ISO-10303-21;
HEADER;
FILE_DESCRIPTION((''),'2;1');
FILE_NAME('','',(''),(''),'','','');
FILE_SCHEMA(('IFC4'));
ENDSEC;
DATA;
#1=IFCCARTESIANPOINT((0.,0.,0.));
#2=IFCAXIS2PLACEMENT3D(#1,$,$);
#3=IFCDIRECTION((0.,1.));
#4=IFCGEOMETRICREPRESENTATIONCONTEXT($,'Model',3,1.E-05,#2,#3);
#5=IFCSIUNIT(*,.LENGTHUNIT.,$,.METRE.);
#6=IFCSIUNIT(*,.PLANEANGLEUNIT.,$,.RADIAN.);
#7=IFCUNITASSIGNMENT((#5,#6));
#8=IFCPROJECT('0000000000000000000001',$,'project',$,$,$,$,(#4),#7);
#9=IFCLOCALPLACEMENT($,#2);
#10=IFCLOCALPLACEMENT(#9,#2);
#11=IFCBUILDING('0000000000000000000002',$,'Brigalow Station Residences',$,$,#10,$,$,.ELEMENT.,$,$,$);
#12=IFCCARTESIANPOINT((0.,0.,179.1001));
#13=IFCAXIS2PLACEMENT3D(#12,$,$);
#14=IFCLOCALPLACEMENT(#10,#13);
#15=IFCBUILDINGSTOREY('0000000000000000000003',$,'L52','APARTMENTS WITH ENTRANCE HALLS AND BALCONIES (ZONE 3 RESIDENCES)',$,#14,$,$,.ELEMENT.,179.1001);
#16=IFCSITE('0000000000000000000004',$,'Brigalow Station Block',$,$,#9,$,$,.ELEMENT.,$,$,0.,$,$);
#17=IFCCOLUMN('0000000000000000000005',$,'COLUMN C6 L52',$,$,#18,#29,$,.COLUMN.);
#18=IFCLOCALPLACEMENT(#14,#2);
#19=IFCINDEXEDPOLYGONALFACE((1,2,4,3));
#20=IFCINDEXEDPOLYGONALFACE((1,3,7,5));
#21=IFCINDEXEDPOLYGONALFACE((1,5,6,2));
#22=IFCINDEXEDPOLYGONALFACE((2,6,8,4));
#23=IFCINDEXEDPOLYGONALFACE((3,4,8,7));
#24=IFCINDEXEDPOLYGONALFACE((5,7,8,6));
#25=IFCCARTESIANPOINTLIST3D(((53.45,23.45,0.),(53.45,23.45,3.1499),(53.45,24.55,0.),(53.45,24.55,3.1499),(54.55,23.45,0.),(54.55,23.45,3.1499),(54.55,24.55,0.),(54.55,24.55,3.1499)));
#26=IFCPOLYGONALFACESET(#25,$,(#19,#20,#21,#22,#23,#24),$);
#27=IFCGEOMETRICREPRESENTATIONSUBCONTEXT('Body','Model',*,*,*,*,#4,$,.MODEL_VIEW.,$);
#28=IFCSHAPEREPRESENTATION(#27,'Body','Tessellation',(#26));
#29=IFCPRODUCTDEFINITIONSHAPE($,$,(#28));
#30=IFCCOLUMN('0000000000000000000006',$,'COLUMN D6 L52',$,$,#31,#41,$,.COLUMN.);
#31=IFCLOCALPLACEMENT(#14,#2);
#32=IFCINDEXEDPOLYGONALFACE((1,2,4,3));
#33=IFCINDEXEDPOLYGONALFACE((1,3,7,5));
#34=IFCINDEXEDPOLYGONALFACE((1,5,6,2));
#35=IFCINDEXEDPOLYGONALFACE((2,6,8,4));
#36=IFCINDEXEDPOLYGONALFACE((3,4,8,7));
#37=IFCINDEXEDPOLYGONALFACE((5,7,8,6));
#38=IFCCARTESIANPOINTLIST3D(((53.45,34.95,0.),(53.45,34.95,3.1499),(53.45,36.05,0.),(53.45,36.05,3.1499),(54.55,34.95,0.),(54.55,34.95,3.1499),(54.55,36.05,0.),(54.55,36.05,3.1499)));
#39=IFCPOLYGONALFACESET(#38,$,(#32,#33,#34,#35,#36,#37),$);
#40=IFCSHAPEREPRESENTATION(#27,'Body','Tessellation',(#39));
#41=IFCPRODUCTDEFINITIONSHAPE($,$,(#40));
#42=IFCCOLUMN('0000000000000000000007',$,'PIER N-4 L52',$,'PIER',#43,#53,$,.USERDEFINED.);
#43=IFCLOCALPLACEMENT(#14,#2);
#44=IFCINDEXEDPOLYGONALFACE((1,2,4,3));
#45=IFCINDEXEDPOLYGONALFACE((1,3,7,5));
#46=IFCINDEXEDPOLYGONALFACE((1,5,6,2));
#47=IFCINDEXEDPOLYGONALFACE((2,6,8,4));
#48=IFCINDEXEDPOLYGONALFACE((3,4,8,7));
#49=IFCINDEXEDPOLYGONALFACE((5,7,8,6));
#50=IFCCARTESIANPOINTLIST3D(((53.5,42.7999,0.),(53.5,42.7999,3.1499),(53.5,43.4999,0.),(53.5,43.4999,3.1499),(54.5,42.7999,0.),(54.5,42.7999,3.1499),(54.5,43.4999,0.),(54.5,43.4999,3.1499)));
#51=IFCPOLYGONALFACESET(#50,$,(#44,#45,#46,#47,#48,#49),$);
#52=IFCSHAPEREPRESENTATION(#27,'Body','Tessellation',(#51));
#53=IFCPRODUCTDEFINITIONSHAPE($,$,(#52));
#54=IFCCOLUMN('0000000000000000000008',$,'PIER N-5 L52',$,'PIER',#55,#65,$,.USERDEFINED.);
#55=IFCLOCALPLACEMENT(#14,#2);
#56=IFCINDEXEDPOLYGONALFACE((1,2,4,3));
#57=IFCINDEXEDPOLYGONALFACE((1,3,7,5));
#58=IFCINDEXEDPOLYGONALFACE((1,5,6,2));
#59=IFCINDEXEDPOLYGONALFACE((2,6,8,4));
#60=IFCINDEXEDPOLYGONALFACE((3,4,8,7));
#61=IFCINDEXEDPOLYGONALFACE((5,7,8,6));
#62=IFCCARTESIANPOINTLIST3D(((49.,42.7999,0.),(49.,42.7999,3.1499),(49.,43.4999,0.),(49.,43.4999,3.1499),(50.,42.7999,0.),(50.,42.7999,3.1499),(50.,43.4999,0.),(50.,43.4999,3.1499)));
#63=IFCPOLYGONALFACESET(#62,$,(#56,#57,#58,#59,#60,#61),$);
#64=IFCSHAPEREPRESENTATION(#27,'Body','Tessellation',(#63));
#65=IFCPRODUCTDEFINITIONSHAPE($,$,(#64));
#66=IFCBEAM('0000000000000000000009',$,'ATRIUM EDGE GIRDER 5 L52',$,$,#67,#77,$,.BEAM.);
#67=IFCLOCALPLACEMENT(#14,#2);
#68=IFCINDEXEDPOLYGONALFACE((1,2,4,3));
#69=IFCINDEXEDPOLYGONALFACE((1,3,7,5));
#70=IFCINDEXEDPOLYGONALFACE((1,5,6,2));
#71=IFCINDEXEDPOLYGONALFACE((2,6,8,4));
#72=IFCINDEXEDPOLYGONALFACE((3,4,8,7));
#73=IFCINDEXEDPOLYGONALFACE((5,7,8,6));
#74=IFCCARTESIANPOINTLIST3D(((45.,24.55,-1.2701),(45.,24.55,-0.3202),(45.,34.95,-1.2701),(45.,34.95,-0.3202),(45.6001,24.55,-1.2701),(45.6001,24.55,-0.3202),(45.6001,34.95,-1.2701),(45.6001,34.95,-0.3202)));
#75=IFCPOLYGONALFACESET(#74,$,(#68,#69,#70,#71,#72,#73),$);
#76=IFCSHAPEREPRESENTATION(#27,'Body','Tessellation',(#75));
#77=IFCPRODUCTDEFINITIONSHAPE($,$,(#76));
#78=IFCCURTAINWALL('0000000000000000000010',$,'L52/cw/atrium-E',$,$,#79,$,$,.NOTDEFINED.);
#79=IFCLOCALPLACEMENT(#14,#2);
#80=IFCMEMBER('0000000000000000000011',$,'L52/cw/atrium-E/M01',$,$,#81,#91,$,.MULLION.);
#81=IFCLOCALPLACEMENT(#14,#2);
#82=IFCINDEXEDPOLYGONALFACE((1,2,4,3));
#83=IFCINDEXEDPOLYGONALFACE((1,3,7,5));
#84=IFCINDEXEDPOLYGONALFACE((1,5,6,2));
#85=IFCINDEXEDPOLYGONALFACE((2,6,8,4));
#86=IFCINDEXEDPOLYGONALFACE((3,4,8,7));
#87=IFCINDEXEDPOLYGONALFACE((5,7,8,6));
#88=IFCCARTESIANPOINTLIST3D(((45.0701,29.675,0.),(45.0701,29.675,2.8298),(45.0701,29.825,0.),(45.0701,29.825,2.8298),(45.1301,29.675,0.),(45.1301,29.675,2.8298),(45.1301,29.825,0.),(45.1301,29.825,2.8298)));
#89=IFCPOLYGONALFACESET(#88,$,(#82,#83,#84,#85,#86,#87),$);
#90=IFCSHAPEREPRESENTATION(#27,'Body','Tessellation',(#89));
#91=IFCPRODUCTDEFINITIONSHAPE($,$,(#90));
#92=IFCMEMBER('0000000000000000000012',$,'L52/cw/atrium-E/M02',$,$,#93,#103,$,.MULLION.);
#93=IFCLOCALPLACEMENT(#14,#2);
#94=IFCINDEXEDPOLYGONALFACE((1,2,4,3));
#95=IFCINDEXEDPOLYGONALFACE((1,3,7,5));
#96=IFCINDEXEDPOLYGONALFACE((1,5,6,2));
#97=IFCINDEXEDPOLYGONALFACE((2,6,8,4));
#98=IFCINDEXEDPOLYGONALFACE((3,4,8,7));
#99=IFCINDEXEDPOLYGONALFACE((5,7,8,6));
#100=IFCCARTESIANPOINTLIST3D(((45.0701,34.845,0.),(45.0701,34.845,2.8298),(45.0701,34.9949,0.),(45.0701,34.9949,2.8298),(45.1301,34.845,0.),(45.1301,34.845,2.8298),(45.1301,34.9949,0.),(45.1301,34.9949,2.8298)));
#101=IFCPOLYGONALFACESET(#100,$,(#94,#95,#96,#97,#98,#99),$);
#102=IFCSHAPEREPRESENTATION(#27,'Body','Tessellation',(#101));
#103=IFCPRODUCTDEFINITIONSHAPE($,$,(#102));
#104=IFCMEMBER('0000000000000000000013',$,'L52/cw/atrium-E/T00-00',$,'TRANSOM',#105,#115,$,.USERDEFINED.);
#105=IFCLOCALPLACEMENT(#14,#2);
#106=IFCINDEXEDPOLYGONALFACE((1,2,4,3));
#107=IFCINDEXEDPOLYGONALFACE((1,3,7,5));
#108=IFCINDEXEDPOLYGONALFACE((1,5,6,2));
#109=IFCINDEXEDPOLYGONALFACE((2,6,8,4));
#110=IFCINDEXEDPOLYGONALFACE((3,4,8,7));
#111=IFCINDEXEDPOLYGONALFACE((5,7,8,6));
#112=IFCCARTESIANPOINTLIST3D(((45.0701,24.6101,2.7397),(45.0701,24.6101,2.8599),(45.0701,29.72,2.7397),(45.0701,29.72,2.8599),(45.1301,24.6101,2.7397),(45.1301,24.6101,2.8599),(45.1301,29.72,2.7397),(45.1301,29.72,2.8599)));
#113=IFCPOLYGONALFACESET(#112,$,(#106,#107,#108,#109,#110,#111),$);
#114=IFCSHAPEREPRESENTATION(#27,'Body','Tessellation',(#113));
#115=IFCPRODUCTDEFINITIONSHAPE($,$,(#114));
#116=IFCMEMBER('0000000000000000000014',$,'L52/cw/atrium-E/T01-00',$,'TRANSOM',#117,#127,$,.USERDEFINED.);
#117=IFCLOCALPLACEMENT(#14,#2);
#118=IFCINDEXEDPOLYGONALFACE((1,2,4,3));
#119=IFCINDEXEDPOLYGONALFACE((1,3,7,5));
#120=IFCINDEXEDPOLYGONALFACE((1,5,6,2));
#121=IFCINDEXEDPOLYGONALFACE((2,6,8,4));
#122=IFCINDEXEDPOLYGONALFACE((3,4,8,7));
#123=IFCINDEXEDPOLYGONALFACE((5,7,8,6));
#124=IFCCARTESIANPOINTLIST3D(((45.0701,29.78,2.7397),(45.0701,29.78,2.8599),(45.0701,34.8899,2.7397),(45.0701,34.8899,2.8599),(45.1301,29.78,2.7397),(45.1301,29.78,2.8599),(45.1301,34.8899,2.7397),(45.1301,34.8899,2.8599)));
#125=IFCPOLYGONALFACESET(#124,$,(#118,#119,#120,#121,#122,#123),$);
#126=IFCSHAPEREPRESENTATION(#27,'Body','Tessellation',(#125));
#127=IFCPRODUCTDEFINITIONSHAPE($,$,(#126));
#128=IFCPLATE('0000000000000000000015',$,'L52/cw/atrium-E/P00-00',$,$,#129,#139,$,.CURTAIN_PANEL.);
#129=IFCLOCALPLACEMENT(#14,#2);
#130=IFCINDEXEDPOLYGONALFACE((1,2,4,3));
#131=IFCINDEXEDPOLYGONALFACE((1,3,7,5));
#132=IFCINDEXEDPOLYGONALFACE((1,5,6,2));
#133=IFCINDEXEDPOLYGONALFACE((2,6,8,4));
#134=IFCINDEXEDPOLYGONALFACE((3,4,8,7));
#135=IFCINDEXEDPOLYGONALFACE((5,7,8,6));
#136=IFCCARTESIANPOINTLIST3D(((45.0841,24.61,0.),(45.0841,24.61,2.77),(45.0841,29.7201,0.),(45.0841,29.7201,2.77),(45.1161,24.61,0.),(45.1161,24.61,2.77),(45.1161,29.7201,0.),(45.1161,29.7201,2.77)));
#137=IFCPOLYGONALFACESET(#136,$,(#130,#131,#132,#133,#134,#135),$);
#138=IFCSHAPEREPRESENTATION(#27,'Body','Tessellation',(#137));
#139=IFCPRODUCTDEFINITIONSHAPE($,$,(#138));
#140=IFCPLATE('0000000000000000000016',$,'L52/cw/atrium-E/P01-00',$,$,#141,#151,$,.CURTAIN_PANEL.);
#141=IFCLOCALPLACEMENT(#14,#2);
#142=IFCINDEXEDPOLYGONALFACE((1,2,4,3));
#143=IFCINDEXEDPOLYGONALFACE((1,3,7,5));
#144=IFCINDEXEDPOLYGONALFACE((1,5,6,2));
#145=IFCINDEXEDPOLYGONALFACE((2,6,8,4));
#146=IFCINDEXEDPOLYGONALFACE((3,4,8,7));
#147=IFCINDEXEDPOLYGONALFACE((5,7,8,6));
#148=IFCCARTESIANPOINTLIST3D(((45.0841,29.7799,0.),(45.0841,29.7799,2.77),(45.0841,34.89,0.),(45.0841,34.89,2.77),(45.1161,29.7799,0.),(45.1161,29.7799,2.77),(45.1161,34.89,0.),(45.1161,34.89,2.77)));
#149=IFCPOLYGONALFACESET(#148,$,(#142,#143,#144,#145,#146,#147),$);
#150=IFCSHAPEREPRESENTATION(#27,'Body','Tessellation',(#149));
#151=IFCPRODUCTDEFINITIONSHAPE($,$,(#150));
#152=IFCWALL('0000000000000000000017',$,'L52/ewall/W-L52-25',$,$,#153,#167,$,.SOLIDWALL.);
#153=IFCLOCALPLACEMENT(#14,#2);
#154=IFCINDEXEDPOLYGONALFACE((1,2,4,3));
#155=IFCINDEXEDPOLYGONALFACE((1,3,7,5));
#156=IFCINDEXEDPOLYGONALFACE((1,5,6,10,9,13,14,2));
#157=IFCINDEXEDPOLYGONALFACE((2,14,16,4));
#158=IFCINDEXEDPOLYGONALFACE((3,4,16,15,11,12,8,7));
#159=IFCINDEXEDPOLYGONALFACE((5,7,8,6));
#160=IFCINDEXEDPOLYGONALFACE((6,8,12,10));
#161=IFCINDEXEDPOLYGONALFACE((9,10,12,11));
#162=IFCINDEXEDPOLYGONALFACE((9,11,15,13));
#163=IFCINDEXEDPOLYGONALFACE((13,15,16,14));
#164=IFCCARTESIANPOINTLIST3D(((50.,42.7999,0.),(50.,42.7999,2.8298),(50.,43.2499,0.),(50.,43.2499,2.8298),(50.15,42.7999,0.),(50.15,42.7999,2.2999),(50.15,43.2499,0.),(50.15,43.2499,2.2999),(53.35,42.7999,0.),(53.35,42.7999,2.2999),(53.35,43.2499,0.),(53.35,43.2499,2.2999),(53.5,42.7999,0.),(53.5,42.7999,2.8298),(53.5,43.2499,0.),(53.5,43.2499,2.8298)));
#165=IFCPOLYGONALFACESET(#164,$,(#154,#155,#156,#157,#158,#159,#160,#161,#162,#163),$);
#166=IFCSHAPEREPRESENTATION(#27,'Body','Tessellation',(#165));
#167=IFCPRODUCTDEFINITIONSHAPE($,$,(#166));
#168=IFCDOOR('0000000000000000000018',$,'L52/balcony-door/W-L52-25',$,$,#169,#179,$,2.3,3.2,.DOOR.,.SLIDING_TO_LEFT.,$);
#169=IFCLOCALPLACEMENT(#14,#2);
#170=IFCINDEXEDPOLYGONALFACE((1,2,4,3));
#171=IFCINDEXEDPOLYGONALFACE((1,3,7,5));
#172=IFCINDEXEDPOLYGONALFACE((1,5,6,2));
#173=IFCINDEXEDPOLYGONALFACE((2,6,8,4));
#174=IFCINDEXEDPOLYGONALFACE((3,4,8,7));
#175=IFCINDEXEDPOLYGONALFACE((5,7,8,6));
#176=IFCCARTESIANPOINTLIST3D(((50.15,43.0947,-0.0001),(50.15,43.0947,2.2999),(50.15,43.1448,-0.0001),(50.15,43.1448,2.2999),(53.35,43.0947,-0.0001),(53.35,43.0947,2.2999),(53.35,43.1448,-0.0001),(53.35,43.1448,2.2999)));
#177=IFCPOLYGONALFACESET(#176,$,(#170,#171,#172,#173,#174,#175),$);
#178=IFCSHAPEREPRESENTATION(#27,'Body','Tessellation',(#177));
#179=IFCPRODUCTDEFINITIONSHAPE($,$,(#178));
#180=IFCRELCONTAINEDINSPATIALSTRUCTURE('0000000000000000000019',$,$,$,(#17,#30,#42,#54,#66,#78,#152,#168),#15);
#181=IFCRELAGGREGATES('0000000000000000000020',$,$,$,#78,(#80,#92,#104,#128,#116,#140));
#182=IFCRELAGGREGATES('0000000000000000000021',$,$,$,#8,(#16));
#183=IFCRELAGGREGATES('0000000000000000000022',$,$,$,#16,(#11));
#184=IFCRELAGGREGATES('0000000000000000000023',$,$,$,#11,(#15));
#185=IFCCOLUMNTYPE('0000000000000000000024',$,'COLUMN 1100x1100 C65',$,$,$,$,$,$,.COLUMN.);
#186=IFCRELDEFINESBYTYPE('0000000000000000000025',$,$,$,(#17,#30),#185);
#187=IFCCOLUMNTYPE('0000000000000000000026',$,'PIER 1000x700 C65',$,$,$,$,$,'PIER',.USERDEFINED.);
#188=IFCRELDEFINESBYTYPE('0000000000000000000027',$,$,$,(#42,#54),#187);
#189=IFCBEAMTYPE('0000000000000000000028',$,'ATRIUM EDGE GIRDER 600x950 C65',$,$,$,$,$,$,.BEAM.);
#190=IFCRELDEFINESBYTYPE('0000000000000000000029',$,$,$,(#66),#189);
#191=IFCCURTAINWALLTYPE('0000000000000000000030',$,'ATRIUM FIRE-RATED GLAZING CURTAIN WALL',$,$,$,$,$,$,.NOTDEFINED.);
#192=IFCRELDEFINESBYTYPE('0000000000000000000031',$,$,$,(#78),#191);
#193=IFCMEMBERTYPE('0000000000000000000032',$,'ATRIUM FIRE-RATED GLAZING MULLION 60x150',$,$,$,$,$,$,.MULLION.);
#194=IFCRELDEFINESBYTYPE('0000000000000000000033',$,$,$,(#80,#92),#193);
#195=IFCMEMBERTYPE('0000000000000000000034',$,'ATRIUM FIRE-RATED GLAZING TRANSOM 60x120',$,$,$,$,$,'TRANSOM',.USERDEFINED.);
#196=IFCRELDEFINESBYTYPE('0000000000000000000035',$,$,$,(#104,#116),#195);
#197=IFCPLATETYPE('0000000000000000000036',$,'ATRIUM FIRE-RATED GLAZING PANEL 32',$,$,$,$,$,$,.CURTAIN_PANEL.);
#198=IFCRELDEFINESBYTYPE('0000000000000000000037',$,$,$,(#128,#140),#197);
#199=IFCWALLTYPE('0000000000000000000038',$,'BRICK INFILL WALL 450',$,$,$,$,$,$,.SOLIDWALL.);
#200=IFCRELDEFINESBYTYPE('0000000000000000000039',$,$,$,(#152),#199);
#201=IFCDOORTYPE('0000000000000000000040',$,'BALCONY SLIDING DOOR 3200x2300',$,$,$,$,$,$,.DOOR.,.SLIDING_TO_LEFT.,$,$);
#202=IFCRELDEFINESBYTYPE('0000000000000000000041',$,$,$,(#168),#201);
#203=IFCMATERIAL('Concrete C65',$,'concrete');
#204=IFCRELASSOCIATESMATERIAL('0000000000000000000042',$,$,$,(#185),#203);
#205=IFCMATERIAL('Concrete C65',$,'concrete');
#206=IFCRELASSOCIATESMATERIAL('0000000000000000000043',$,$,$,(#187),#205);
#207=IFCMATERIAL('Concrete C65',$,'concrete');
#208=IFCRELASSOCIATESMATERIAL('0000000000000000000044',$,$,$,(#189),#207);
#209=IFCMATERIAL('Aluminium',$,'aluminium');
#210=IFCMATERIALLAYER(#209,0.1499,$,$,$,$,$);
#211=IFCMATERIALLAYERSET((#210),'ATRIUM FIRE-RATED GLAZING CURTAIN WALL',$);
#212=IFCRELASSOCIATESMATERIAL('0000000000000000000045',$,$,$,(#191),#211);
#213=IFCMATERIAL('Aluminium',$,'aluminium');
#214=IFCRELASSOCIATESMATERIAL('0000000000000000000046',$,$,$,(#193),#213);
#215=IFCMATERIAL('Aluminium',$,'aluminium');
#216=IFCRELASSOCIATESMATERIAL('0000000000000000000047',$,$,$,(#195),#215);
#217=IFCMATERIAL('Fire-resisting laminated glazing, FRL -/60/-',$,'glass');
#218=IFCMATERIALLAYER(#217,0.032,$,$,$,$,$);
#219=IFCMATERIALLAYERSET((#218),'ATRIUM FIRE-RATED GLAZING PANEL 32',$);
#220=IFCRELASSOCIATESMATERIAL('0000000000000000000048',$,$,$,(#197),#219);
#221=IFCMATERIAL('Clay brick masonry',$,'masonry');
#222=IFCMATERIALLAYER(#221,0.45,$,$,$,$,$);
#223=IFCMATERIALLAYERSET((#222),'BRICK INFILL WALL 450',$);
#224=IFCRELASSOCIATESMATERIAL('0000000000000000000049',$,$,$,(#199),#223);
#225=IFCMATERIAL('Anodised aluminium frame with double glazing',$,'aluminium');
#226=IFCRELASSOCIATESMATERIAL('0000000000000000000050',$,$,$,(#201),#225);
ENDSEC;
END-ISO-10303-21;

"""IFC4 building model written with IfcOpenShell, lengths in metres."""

from ifc_helpers import new_model, si_unit, direction, frame, frame_2d, origin, origin_2d, place, context, subcontext, project, spatial, rectangle, extrude, material, layer, layer_set, material_profile, profile_set, type_object, element, fill, aggregate, save


model = new_model("IFC4")

# Units and contexts
model_context = context("Model", 3, precision=1e-05, world=origin(), true_north=direction((0.0, 1.0)))
body_context = subcontext(model_context, "Body", "Model", "MODEL_VIEW")
ifc_project = project(units=[si_unit("LENGTHUNIT", "METRE"), si_unit("PLANEANGLEUNIT", "RADIAN")], contexts=[model_context])

# Site, building, storey
site_placement = place(None, origin())
site = spatial("IfcSite", under=ifc_project, at=site_placement, Name="Brigalow Station Block", CompositionType="ELEMENT", RefElevation=0.0)
building_placement = place(site_placement, origin())
building = spatial("IfcBuilding", under=site, at=building_placement, Name="Brigalow Station Residences", CompositionType="ELEMENT")
storey_placement = place(building_placement, frame((0.0, 0.0, 179.1001)))
storey = spatial("IfcBuildingStorey", under=building, at=storey_placement, Name="L52", Description="APARTMENTS WITH ENTRANCE HALLS AND BALCONIES (ZONE 3 RESIDENCES)", CompositionType="ELEMENT", Elevation=179.1001)

# Columns
ifc_material_1 = material(Name="Concrete C65", Category="concrete")
ifc_material_profile_1 = material_profile(ifc_material_1, rectangle(XDim=1.1001, YDim=1.1001, at=origin_2d()), Name="RC1100x1100")
ifc_profile_set_1 = profile_set([ifc_material_profile_1], Name="Concrete C65")
column_type_1 = type_object("IfcColumnType", Name="COLUMN 1100x1100 C65", PredefinedType="COLUMN", material=ifc_profile_set_1)
for number, where, z_axis, x_axis, name in (
    (1, (54.0, 24.0, 0.0), (0.0, 0.0, 1.0), (1.0, 0.0, 0.0), "COLUMN C6 L52"),
    (2, (54.0, 35.5, 0.0), (0.0, 0.0, 1.0), (1.0, 0.0, 0.0), "COLUMN D6 L52"),
):
    element("IfcColumn", number, at=place(storey_placement, frame(where, z_axis=z_axis, x_axis=x_axis)), inside=storey, type_object=column_type_1, Name=name, PredefinedType="COLUMN", context=body_context, shape_type="SweptSolid", body=[
        extrude(rectangle(XDim=1.1001, YDim=1.1001, at=origin_2d()), origin(), (0.0, 0.0, 1.0), 3.1499),
    ])
ifc_material_2 = material(Name="Concrete C65", Category="concrete")
ifc_material_profile_2 = material_profile(ifc_material_2, rectangle(XDim=1.0, YDim=0.7, at=origin_2d()), Name="RC1000x700")
ifc_profile_set_2 = profile_set([ifc_material_profile_2], Name="Concrete C65")
column_type_2 = type_object("IfcColumnType", Name="PIER 1000x700 C65", ElementType="PIER", PredefinedType="USERDEFINED", material=ifc_profile_set_2)
for number, where, z_axis, x_axis, name in (
    (3, (54.0, 43.1499, 0.0), (0.0, 0.0, 1.0), (-1.0, 0.0, 0.0), "PIER N-4 L52"),
    (4, (49.5, 43.1499, 0.0), (0.0, 0.0, 1.0), (-1.0, 0.0, 0.0), "PIER N-5 L52"),
):
    element("IfcColumn", number, at=place(storey_placement, frame(where, z_axis=z_axis, x_axis=x_axis)), inside=storey, type_object=column_type_2, Name=name, ObjectType="PIER", PredefinedType="USERDEFINED", context=body_context, shape_type="SweptSolid", body=[
        extrude(rectangle(XDim=1.0, YDim=0.7, at=origin_2d()), origin(), (0.0, 0.0, 1.0), 3.1499),
    ])

# Beam
ifc_material_3 = material(Name="Concrete C65", Category="concrete")
ifc_material_profile_3 = material_profile(ifc_material_3, rectangle(XDim=0.6001, YDim=0.95, at=origin_2d()), Name="RC600x950")
ifc_profile_set_3 = profile_set([ifc_material_profile_3], Name="Concrete C65")
beam_type = type_object("IfcBeamType", Name="ATRIUM EDGE GIRDER 600x950 C65", PredefinedType="BEAM", material=ifc_profile_set_3)
beam_placement = place(storey_placement, frame((45.3, 24.55, -0.7952), z_axis=(0.0, 1.0, 0.0), x_axis=(-1.0, 0.0, 0.0)))
element("IfcBeam", 5, at=beam_placement, inside=storey, type_object=beam_type, Name="ATRIUM EDGE GIRDER 5 L52", PredefinedType="BEAM", context=body_context, shape_type="SweptSolid", body=[
    extrude(rectangle(XDim=0.6001, YDim=0.95, at=origin_2d()), origin(), (0.0, 0.0, 1.0), 10.3999),
])

# Curtain wall, members, plates
ifc_material_4 = material(Name="Aluminium", Category="aluminium")
ifc_layer_1 = layer(ifc_material_4, 0.1499)
ifc_layer_set_1 = layer_set([ifc_layer_1], Name="ATRIUM FIRE-RATED GLAZING CURTAIN WALL")
curtain_wall_type = type_object("IfcCurtainWallType", Name="ATRIUM FIRE-RATED GLAZING CURTAIN WALL", PredefinedType="NOTDEFINED", material=ifc_layer_set_1)
curtain_wall_placement = place(storey_placement, origin())
curtain_wall = element("IfcCurtainWall", 6, at=curtain_wall_placement, inside=storey, type_object=curtain_wall_type, Name="L52/cw/atrium-E", PredefinedType="NOTDEFINED")
ifc_material_5 = material(Name="Aluminium", Category="aluminium")
ifc_material_profile_4 = material_profile(ifc_material_5, rectangle(XDim=0.0601, YDim=0.1499, at=origin_2d()), Name="ATRIUM FIRE-RATED GLAZING MULLION 60x150")
ifc_profile_set_4 = profile_set([ifc_material_profile_4], Name="Aluminium")
member_type_1 = type_object("IfcMemberType", Name="ATRIUM FIRE-RATED GLAZING MULLION 60x150", PredefinedType="MULLION", material=ifc_profile_set_4)
member_1_placement = place(storey_placement, frame((45.1001, 29.75, 0.0), z_axis=(0.0, 0.0, 1.0), x_axis=(-1.0, 0.0, 0.0)))
member_1 = element("IfcMember", 7, at=member_1_placement, type_object=member_type_1, Name="L52/cw/atrium-E/M01", PredefinedType="MULLION", context=body_context, shape_type="SweptSolid", body=[
    extrude(rectangle(XDim=0.0601, YDim=0.1499, at=origin_2d()), origin(), (0.0, 0.0, 1.0), 2.8298),
])
member_2_placement = place(storey_placement, frame((45.1001, 34.9199, 0.0), z_axis=(0.0, 0.0, 1.0), x_axis=(-1.0, 0.0, 0.0)))
member_2 = element("IfcMember", 8, at=member_2_placement, type_object=member_type_1, Name="L52/cw/atrium-E/M02", PredefinedType="MULLION", context=body_context, shape_type="SweptSolid", body=[
    extrude(rectangle(XDim=0.0601, YDim=0.1499, at=origin_2d()), origin(), (0.0, 0.0, 1.0), 2.8298),
])
ifc_material_6 = material(Name="Aluminium", Category="aluminium")
ifc_material_profile_5 = material_profile(ifc_material_6, rectangle(XDim=0.0601, YDim=0.1201, at=origin_2d()), Name="ATRIUM FIRE-RATED GLAZING TRANSOM 60x120")
ifc_profile_set_5 = profile_set([ifc_material_profile_5], Name="Aluminium")
member_type_2 = type_object("IfcMemberType", Name="ATRIUM FIRE-RATED GLAZING TRANSOM 60x120", ElementType="TRANSOM", PredefinedType="USERDEFINED", material=ifc_profile_set_5)
member_3_placement = place(storey_placement, frame((45.1001, 24.6101, 2.7998), z_axis=(0.0, 1.0, 0.0), x_axis=(-1.0, 0.0, 0.0)))
member_3 = element("IfcMember", 9, at=member_3_placement, type_object=member_type_2, Name="L52/cw/atrium-E/T00-00", ObjectType="TRANSOM", PredefinedType="USERDEFINED", context=body_context, shape_type="SweptSolid", body=[
    extrude(rectangle(XDim=0.0601, YDim=0.1201, at=origin_2d()), origin(), (0.0, 0.0, 1.0), 5.1099),
])
member_4_placement = place(storey_placement, frame((45.1001, 29.78, 2.7998), z_axis=(0.0, 1.0, 0.0), x_axis=(-1.0, 0.0, 0.0)))
member_4 = element("IfcMember", 10, at=member_4_placement, type_object=member_type_2, Name="L52/cw/atrium-E/T01-00", ObjectType="TRANSOM", PredefinedType="USERDEFINED", context=body_context, shape_type="SweptSolid", body=[
    extrude(rectangle(XDim=0.0601, YDim=0.1201, at=origin_2d()), origin(), (0.0, 0.0, 1.0), 5.1099),
])
ifc_material_7 = material(Name="Fire-resisting laminated glazing, FRL -/60/-", Category="glass")
ifc_layer_2 = layer(ifc_material_7, 0.032)
ifc_layer_set_2 = layer_set([ifc_layer_2], Name="ATRIUM FIRE-RATED GLAZING PANEL 32")
plate_type = type_object("IfcPlateType", Name="ATRIUM FIRE-RATED GLAZING PANEL 32", PredefinedType="CURTAIN_PANEL", material=ifc_layer_set_2)
plate_1_placement = place(storey_placement, frame((45.1001, 27.165, 0.0), z_axis=(0.0, 0.0, 1.0), x_axis=(0.0, 1.0, 0.0)))
plate_1 = element("IfcPlate", 11, at=plate_1_placement, type_object=plate_type, Name="L52/cw/atrium-E/P00-00", PredefinedType="CURTAIN_PANEL", context=body_context, shape_type="SweptSolid", body=[
    extrude(rectangle(XDim=5.1101, YDim=0.032, at=origin_2d()), origin(), (0.0, 0.0, 1.0), 2.77),
])
plate_2_placement = place(storey_placement, frame((45.1001, 32.335, 0.0), z_axis=(0.0, 0.0, 1.0), x_axis=(0.0, 1.0, 0.0)))
plate_2 = element("IfcPlate", 12, at=plate_2_placement, type_object=plate_type, Name="L52/cw/atrium-E/P01-00", PredefinedType="CURTAIN_PANEL", context=body_context, shape_type="SweptSolid", body=[
    extrude(rectangle(XDim=5.1101, YDim=0.032, at=origin_2d()), origin(), (0.0, 0.0, 1.0), 2.77),
])
aggregate(curtain_wall, [member_1, member_2, member_3, plate_1, member_4, plate_2])

# Wall, opening, door
ifc_material_8 = material(Name="Clay brick masonry", Category="masonry")
ifc_layer_3 = layer(ifc_material_8, 0.45)
ifc_layer_set_3 = layer_set([ifc_layer_3], Name="BRICK INFILL WALL 450")
wall_type_1 = type_object("IfcWallType", Name="BRICK INFILL WALL 450", PredefinedType="SOLIDWALL", material=ifc_layer_set_3)
wall_1_placement = place(storey_placement, frame((53.5, 43.0249, 0.0), z_axis=(0.0, 0.0, 1.0), x_axis=(-1.0, 0.0, 0.0)))
wall_1 = element("IfcWall", 13, at=wall_1_placement, inside=storey, type_object=wall_type_1, Name="L52/ewall/W-L52-25", PredefinedType="SOLIDWALL", context=body_context, shape_type="SweptSolid", body=[
    extrude(rectangle(XDim=3.5, YDim=0.45, at=frame_2d((1.75, 0.0))), origin(), (0.0, 0.0, 1.0), 2.8298),
])
opening_1_placement = place(wall_1_placement, frame((0.1499, 0.0, 0.0)))
opening_1 = element("IfcOpeningElement", 14, at=opening_1_placement, cuts=wall_1, PredefinedType="OPENING", context=body_context, shape_type="SweptSolid", body=[
    extrude(rectangle(XDim=3.2, YDim=2.3, at=frame_2d((1.6001, 1.1499))), frame((0.0, 0.2349, 0.0), z_axis=(0.0, -1.0, 0.0), x_axis=(1.0, 0.0, 0.0)), (0.0, 0.0, 1.0), 0.47),
])
ifc_material_9 = material(Name="Anodised aluminium frame with double glazing", Category="aluminium")
door_type_1 = type_object("IfcDoorType", Name="BALCONY SLIDING DOOR 3200x2300", OperationType="SLIDING_TO_LEFT", PredefinedType="DOOR", material=ifc_material_9)
door_1_placement = place(opening_1_placement, origin())
door_1 = element("IfcDoor", 15, at=door_1_placement, inside=storey, type_object=door_type_1, Name="L52/balcony-door/W-L52-25", OperationType="SLIDING_TO_LEFT", OverallHeight=2.3, OverallWidth=3.2, PredefinedType="DOOR", context=body_context, shape_type="SweptSolid", body=[
    extrude(rectangle(XDim=3.2, YDim=2.3, at=frame_2d((1.6001, 1.1499))), frame((0.0, -0.0698, 0.0), z_axis=(0.0, -1.0, 0.0), x_axis=(1.0, 0.0, 0.0)), (0.0, 0.0, 1.0), 0.05),
])
fill(opening_1, door_1)

save(model, "model.ifc")
